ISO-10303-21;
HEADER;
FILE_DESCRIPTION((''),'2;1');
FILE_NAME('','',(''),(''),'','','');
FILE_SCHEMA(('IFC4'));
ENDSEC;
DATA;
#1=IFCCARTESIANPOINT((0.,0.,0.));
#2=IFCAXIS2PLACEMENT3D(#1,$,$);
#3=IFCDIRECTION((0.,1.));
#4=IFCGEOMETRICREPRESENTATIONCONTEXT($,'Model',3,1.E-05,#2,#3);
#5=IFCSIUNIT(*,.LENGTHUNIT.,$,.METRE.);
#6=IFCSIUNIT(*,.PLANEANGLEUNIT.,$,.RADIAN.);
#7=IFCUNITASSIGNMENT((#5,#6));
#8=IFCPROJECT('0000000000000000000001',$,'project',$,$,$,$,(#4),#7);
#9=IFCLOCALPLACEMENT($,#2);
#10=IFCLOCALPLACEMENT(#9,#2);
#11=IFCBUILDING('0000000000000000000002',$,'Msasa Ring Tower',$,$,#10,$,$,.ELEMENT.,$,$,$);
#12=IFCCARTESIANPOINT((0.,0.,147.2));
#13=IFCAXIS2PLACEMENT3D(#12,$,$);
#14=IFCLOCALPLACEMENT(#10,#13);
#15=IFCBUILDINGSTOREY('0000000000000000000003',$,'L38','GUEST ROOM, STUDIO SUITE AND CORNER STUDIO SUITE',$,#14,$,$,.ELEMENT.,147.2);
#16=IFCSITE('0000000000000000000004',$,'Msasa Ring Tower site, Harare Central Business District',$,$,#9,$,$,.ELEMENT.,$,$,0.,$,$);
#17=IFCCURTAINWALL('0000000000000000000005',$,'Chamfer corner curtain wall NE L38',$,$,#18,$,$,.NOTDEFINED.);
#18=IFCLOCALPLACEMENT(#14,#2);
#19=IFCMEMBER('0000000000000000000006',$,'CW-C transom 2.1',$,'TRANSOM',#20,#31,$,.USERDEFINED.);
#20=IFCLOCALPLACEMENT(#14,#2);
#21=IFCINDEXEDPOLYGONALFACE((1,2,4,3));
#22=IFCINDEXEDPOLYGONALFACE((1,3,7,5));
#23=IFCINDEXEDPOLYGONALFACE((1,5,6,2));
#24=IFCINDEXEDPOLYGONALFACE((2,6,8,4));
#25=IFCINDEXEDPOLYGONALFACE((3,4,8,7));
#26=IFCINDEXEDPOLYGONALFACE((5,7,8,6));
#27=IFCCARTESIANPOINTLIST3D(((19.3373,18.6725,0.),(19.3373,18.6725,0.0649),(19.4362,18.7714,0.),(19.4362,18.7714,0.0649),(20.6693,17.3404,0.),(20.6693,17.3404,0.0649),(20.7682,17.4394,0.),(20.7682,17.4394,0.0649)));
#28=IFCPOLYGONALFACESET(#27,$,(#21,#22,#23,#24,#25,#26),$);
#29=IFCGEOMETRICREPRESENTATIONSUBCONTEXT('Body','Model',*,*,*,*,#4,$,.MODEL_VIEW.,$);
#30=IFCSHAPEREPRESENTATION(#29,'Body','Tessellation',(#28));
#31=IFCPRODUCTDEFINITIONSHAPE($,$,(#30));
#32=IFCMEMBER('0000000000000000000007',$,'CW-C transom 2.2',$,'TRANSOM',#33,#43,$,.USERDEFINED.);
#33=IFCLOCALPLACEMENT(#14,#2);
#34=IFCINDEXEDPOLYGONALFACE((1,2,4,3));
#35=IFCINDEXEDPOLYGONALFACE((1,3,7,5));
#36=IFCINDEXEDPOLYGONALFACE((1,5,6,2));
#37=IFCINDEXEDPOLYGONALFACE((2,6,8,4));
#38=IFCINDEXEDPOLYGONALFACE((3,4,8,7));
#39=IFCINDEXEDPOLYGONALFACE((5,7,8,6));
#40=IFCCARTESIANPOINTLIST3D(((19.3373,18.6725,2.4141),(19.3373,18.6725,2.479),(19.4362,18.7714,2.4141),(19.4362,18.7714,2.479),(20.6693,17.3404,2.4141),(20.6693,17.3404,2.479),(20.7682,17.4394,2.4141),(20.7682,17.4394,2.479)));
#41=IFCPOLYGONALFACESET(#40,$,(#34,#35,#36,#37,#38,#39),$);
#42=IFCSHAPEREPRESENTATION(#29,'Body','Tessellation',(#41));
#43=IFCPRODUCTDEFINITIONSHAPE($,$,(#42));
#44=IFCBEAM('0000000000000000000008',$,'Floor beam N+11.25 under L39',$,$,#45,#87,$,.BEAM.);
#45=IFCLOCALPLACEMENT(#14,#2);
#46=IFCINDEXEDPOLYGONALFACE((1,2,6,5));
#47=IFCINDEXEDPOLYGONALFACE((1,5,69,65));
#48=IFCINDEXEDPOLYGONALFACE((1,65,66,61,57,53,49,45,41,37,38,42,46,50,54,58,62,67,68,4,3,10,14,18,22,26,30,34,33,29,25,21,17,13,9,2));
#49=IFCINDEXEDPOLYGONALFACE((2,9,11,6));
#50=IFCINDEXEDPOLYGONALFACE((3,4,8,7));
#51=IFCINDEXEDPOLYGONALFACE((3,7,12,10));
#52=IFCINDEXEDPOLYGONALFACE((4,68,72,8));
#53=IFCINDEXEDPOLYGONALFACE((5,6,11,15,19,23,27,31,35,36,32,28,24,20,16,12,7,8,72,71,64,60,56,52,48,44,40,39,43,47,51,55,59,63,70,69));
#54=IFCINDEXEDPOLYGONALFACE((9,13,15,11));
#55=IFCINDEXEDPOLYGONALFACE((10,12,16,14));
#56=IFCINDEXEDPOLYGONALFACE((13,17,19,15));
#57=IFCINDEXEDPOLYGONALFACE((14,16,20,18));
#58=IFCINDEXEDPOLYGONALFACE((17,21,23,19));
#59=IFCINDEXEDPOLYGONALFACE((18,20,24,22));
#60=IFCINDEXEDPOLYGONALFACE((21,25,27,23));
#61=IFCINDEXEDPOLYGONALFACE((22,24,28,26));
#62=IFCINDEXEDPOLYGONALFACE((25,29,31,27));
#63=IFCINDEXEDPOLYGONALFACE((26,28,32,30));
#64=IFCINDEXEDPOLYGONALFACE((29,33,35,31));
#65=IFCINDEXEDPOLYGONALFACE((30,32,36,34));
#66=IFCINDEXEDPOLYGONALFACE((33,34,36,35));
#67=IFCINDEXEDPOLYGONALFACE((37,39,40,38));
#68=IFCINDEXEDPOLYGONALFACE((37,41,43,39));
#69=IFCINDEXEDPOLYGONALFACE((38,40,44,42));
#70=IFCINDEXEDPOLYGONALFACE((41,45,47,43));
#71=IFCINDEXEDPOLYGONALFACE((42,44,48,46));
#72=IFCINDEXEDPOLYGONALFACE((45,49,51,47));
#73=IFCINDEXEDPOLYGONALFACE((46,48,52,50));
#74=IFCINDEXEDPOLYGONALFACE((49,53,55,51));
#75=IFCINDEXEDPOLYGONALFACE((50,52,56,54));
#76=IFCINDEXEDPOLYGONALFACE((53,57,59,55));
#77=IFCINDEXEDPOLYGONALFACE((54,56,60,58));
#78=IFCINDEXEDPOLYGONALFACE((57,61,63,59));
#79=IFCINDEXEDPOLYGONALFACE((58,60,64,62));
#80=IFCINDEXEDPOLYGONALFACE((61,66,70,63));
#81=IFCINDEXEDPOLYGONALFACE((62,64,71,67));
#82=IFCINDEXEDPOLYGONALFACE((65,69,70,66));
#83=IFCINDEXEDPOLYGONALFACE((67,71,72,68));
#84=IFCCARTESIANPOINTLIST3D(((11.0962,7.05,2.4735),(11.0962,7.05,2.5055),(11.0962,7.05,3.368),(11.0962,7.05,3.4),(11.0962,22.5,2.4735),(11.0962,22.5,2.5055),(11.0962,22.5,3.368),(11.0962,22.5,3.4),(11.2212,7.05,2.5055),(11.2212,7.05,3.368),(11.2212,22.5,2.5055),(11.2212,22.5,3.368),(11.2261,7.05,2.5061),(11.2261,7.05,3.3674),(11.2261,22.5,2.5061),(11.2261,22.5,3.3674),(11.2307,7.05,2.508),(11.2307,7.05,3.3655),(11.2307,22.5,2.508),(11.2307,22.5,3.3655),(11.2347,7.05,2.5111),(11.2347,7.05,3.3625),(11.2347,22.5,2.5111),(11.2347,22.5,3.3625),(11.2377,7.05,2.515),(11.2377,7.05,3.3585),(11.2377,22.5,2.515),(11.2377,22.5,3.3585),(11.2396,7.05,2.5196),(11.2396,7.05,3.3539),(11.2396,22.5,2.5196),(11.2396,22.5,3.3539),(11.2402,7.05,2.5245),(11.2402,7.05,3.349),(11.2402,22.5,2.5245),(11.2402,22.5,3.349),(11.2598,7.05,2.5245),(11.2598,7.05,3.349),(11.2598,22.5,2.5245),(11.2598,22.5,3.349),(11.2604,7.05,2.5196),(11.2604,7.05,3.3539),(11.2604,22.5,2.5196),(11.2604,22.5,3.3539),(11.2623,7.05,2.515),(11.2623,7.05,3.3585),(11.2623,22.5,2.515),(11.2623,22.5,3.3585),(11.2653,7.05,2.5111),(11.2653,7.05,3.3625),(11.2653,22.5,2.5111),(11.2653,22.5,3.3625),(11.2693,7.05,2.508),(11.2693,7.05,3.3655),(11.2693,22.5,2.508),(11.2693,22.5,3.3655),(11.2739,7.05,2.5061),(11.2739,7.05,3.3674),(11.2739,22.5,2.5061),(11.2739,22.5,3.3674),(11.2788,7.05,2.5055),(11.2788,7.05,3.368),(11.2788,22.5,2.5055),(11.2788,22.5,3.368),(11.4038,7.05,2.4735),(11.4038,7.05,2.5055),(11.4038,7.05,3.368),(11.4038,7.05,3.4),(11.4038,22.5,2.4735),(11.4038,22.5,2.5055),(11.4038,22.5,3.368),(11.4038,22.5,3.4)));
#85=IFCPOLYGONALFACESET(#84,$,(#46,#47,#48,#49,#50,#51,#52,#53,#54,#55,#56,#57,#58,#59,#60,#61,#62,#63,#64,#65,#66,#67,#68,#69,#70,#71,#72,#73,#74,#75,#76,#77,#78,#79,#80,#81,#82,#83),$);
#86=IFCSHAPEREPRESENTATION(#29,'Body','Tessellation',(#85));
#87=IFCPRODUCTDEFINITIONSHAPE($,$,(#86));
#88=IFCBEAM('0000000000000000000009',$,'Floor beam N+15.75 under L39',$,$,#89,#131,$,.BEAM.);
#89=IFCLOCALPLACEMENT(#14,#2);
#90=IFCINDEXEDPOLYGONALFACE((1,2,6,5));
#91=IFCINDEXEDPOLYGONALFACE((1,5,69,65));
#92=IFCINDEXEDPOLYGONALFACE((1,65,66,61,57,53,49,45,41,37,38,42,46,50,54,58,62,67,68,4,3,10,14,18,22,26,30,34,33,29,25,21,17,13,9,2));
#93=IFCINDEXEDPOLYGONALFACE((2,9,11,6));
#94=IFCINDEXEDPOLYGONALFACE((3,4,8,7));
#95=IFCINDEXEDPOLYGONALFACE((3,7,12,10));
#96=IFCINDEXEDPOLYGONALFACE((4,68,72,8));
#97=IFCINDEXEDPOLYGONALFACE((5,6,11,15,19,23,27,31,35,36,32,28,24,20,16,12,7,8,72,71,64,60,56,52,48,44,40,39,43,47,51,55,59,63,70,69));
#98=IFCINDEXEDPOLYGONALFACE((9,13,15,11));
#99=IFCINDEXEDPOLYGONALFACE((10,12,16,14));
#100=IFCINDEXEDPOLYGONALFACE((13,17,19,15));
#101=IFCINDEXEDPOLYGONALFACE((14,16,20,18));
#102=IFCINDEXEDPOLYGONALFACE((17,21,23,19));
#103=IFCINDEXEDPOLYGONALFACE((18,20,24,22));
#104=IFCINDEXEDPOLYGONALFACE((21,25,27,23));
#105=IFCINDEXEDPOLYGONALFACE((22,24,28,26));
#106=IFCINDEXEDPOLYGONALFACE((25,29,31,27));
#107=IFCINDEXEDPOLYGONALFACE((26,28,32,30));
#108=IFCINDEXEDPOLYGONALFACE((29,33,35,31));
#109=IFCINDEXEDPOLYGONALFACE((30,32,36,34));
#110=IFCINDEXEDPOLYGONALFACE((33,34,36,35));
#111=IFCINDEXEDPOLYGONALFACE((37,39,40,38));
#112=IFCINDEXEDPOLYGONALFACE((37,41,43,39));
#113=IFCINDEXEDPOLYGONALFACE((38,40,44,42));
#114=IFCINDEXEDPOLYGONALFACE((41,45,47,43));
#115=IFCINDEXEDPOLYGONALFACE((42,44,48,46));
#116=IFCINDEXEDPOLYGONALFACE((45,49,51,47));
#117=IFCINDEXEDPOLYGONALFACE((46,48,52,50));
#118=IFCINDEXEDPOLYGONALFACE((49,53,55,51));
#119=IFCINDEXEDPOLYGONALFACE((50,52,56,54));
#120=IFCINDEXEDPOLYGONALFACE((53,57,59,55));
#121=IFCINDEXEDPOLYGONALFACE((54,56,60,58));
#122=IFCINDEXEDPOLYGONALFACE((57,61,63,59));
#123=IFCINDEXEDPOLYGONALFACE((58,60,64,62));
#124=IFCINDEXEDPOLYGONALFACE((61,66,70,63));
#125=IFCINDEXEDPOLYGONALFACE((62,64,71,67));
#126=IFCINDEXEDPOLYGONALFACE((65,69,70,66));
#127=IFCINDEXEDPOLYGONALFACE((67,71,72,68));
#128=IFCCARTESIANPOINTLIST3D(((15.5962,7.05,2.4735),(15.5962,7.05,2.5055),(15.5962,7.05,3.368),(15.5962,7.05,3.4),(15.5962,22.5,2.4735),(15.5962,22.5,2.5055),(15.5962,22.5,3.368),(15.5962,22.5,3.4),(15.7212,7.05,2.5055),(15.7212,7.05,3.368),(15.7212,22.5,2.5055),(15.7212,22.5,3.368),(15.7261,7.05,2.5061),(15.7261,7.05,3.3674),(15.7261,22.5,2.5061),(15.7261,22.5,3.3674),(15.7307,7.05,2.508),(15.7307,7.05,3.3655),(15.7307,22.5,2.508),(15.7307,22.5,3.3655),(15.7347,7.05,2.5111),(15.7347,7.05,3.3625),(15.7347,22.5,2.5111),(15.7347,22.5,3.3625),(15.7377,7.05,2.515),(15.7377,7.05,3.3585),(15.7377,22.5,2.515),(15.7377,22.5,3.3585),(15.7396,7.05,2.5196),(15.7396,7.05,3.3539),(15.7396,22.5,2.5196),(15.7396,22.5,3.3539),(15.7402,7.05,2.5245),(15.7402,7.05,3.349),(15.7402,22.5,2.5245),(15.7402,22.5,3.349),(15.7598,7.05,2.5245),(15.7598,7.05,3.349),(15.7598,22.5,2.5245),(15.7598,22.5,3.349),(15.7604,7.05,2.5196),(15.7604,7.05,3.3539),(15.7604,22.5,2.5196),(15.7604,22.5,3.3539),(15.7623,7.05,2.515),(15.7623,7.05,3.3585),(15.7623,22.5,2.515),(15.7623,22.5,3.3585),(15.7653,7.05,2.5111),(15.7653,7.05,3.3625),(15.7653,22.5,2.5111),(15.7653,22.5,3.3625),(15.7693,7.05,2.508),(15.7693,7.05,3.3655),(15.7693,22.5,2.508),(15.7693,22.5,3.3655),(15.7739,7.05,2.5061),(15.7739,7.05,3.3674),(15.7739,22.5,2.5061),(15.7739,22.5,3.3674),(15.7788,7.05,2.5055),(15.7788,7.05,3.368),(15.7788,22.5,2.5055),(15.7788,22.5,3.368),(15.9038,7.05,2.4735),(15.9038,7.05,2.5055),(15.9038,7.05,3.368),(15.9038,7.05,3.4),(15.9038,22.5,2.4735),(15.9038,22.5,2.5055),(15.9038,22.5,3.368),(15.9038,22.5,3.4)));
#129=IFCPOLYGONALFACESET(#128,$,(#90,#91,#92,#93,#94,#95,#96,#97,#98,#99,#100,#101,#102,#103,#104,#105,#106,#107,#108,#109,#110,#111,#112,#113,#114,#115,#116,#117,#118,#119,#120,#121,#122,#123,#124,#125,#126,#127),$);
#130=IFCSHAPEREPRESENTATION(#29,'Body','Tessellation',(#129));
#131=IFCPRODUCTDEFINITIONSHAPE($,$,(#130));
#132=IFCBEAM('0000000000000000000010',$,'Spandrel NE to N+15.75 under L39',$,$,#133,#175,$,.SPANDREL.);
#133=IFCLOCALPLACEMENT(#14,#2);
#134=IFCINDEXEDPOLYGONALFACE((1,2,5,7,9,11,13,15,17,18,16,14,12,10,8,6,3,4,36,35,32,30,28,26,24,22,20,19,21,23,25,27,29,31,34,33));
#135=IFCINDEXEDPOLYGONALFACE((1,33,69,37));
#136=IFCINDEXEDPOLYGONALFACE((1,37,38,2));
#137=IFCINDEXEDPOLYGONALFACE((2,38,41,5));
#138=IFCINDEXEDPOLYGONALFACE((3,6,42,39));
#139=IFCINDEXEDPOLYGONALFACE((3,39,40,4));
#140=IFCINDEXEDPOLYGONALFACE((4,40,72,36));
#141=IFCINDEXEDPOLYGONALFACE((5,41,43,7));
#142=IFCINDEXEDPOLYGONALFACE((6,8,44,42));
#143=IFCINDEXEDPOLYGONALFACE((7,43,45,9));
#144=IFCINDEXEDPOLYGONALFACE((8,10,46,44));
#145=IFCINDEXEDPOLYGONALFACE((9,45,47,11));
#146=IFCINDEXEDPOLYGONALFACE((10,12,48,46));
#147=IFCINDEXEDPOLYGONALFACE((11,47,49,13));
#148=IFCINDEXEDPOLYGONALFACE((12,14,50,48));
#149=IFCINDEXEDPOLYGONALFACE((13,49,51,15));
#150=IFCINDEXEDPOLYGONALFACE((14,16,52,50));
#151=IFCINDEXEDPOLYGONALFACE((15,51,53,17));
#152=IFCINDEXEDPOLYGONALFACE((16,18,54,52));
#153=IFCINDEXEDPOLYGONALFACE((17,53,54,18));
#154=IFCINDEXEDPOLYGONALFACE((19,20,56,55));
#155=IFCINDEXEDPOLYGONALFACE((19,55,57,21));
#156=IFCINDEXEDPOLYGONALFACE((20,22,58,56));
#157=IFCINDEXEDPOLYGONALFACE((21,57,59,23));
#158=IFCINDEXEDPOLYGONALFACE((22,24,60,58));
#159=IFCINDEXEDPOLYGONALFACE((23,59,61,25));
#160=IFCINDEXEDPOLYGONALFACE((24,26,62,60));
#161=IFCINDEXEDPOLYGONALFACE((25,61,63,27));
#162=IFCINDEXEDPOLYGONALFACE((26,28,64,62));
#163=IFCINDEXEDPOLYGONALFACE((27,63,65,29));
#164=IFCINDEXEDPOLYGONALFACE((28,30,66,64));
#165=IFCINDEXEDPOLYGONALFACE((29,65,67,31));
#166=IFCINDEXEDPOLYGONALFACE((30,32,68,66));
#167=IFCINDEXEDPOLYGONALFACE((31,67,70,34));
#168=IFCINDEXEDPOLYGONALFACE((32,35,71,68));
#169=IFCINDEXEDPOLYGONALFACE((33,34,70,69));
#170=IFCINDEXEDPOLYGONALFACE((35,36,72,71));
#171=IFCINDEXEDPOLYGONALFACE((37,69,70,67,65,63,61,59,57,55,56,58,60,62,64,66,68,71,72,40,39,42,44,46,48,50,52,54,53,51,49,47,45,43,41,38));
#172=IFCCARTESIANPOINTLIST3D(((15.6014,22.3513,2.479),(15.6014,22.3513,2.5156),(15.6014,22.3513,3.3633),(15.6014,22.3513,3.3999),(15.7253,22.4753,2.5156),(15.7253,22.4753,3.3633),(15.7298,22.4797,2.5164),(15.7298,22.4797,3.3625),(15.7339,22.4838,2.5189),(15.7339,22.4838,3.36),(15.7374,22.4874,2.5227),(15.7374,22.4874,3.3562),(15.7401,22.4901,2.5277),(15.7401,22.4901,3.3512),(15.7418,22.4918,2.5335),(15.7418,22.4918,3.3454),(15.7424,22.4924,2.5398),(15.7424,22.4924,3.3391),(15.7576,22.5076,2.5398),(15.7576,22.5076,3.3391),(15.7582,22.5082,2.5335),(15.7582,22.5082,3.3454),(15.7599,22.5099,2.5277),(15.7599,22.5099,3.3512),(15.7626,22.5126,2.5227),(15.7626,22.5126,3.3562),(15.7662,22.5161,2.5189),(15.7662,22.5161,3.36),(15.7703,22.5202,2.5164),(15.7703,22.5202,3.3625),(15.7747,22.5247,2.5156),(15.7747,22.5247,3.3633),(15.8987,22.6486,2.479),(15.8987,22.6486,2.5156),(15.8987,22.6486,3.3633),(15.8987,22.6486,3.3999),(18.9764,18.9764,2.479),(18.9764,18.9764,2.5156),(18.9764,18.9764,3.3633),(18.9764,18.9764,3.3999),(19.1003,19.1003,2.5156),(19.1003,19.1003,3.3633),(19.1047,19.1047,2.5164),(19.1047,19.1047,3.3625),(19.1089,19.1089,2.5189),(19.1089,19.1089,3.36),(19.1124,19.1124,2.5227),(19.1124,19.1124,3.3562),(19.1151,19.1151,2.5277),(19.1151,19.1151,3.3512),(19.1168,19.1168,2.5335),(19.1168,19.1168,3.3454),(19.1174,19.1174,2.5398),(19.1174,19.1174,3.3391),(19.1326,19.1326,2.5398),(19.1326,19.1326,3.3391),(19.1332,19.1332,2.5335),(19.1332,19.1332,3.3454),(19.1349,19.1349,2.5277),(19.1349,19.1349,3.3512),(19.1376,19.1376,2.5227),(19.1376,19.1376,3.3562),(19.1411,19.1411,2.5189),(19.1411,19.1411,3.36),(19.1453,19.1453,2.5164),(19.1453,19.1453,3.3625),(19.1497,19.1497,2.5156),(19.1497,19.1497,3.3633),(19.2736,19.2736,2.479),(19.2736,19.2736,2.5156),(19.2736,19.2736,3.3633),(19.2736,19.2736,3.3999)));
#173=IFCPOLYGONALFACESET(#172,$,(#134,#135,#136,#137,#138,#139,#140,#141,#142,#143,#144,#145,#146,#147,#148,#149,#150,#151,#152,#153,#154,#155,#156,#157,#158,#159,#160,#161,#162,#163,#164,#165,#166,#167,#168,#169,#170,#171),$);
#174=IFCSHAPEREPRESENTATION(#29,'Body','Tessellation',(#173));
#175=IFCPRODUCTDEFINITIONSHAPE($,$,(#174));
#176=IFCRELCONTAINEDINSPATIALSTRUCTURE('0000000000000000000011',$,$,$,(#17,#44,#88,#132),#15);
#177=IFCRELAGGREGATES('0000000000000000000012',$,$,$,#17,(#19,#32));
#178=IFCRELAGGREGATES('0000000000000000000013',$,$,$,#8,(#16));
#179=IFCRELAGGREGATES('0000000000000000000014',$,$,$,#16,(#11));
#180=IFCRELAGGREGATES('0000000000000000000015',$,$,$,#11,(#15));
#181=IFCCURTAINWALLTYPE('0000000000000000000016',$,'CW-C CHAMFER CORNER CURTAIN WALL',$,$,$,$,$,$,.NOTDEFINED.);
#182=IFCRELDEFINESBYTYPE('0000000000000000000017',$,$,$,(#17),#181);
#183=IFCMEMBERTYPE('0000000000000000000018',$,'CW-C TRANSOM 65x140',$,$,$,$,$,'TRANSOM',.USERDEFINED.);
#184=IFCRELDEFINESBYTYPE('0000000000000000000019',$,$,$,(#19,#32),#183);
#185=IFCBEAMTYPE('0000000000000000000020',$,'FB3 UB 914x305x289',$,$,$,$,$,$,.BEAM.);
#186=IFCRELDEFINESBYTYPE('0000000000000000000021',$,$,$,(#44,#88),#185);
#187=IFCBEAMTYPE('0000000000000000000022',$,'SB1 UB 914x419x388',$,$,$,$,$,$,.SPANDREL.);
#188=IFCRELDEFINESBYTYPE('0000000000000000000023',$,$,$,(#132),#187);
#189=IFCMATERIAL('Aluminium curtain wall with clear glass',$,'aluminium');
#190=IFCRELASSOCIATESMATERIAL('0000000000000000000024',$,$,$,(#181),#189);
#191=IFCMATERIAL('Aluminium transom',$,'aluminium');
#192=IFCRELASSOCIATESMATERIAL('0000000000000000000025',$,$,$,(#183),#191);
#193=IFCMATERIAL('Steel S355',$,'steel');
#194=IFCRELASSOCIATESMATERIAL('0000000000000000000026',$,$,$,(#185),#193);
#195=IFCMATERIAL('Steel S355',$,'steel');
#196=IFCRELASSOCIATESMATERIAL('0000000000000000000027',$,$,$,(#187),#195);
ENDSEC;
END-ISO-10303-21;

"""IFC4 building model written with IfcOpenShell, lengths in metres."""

from ifc_helpers import new_model, si_unit, direction, frame, origin, origin_2d, place, context, subcontext, project, spatial, rectangle, i_section, extrude, material, material_profile, profile_set, type_object, element, aggregate, save


model = new_model("IFC4")

# Units and contexts
model_context = context("Model", 3, precision=1e-05, world=origin(), true_north=direction((0.0, 1.0)))
body_context = subcontext(model_context, "Body", "Model", "MODEL_VIEW")
ifc_project = project(units=[si_unit("LENGTHUNIT", "METRE"), si_unit("PLANEANGLEUNIT", "RADIAN")], contexts=[model_context])

# Site, building, storey
site_placement = place(None, origin())
site = spatial("IfcSite", under=ifc_project, at=site_placement, Name="Msasa Ring Tower site, Harare Central Business District", CompositionType="ELEMENT", RefElevation=0.0)
building_placement = place(site_placement, origin())
building = spatial("IfcBuilding", under=site, at=building_placement, Name="Msasa Ring Tower", CompositionType="ELEMENT")
storey_placement = place(building_placement, frame((0.0, 0.0, 147.2)))
storey = spatial("IfcBuildingStorey", under=building, at=storey_placement, Name="L38", Description="GUEST ROOM, STUDIO SUITE AND CORNER STUDIO SUITE", CompositionType="ELEMENT", Elevation=147.2)

# Curtain wall
ifc_material_1 = material(Name="Aluminium curtain wall with clear glass", Category="aluminium")
curtain_wall_type = type_object("IfcCurtainWallType", Name="CW-C CHAMFER CORNER CURTAIN WALL", PredefinedType="NOTDEFINED", material=ifc_material_1)
curtain_wall_1_placement = place(storey_placement, origin())
curtain_wall_1 = element("IfcCurtainWall", 1, at=curtain_wall_1_placement, inside=storey, type_object=curtain_wall_type, Name="Chamfer corner curtain wall NE L38", PredefinedType="NOTDEFINED")

# Members
ifc_material_2 = material(Name="Aluminium transom", Category="aluminium")
ifc_material_profile_1 = material_profile(ifc_material_2, rectangle(XDim=0.1399, YDim=0.0649, at=origin_2d()), Name="AL 65x140")
ifc_profile_set_1 = profile_set([ifc_material_profile_1], Name="Aluminium transom")
member_type_1 = type_object("IfcMemberType", Name="CW-C TRANSOM 65x140", ElementType="TRANSOM", PredefinedType="USERDEFINED", material=ifc_profile_set_1)
member_1_placement = place(storey_placement, frame((20.7188, 17.3899, 0.0325), z_axis=(-0.707107, 0.707107, 0.0), x_axis=(-0.707107, -0.707107, 0.0)))
member_1 = element("IfcMember", 2, at=member_1_placement, type_object=member_type_1, Name="CW-C transom 2.1", ObjectType="TRANSOM", PredefinedType="USERDEFINED", context=body_context, shape_type="SweptSolid", body=[
    extrude(rectangle(XDim=0.1399, YDim=0.0649, at=origin_2d()), origin(), (0.0, 0.0, 1.0), 1.8838),
])
member_2_placement = place(storey_placement, frame((20.7188, 17.3899, 2.4465), z_axis=(-0.707107, 0.707107, 0.0), x_axis=(-0.707107, -0.707107, 0.0)))
member_2 = element("IfcMember", 3, at=member_2_placement, type_object=member_type_1, Name="CW-C transom 2.2", ObjectType="TRANSOM", PredefinedType="USERDEFINED", context=body_context, shape_type="SweptSolid", body=[
    extrude(rectangle(XDim=0.1399, YDim=0.0649, at=origin_2d()), origin(), (0.0, 0.0, 1.0), 1.8838),
])

# Beams
ifc_material_3 = material(Name="Steel S355", Category="steel")
ifc_material_profile_2 = material_profile(ifc_material_3, i_section(OverallWidth=0.3076, OverallDepth=0.9265, WebThickness=0.0195, FlangeThickness=0.032, FilletRadius=0.019, at=origin_2d()), Name="UB 914x305x289")
ifc_profile_set_2 = profile_set([ifc_material_profile_2], Name="Steel S355")
beam_type_1 = type_object("IfcBeamType", Name="FB3 UB 914x305x289", PredefinedType="BEAM", material=ifc_profile_set_2)
for number, where, z_axis, x_axis, name in (
    (4, (11.25, 22.5, 2.9368), (0.0, -1.0, 0.0), (1.0, 0.0, 0.0), "Floor beam N+11.25 under L39"),
    (5, (15.75, 22.5, 2.9368), (0.0, -1.0, 0.0), (1.0, 0.0, 0.0), "Floor beam N+15.75 under L39"),
):
    element("IfcBeam", number, at=place(storey_placement, frame(where, z_axis=z_axis, x_axis=x_axis)), inside=storey, type_object=beam_type_1, Name=name, PredefinedType="BEAM", context=body_context, shape_type="SweptSolid", body=[
        extrude(i_section(OverallWidth=0.3076, OverallDepth=0.9265, WebThickness=0.0195, FlangeThickness=0.032, FilletRadius=0.019, at=origin_2d()), origin(), (0.0, 0.0, 1.0), 15.45),
    ])
ifc_material_4 = material(Name="Steel S355", Category="steel")
ifc_material_profile_3 = material_profile(ifc_material_4, i_section(OverallWidth=0.4204, OverallDepth=0.9209, WebThickness=0.0215, FlangeThickness=0.0366, FilletRadius=0.0242, at=origin_2d()), Name="UB 914x419x388")
ifc_profile_set_3 = profile_set([ifc_material_profile_3], Name="Steel S355")
beam_type_2 = type_object("IfcBeamType", Name="SB1 UB 914x419x388", PredefinedType="SPANDREL", material=ifc_profile_set_3)
beam_placement = place(storey_placement, frame((19.125, 19.125, 2.9395), z_axis=(-0.707107, 0.707107, 0.0), x_axis=(-0.707107, -0.707107, 0.0)))
element("IfcBeam", 6, at=beam_placement, inside=storey, type_object=beam_type_2, Name="Spandrel NE to N+15.75 under L39", PredefinedType="SPANDREL", context=body_context, shape_type="SweptSolid", body=[
    extrude(i_section(OverallWidth=0.4204, OverallDepth=0.9209, WebThickness=0.0215, FlangeThickness=0.0366, FilletRadius=0.0242, at=origin_2d()), origin(), (0.0, 0.0, 1.0), 4.7729),
])

aggregate(curtain_wall_1, [member_1, member_2])

save(model, "model.ifc")
